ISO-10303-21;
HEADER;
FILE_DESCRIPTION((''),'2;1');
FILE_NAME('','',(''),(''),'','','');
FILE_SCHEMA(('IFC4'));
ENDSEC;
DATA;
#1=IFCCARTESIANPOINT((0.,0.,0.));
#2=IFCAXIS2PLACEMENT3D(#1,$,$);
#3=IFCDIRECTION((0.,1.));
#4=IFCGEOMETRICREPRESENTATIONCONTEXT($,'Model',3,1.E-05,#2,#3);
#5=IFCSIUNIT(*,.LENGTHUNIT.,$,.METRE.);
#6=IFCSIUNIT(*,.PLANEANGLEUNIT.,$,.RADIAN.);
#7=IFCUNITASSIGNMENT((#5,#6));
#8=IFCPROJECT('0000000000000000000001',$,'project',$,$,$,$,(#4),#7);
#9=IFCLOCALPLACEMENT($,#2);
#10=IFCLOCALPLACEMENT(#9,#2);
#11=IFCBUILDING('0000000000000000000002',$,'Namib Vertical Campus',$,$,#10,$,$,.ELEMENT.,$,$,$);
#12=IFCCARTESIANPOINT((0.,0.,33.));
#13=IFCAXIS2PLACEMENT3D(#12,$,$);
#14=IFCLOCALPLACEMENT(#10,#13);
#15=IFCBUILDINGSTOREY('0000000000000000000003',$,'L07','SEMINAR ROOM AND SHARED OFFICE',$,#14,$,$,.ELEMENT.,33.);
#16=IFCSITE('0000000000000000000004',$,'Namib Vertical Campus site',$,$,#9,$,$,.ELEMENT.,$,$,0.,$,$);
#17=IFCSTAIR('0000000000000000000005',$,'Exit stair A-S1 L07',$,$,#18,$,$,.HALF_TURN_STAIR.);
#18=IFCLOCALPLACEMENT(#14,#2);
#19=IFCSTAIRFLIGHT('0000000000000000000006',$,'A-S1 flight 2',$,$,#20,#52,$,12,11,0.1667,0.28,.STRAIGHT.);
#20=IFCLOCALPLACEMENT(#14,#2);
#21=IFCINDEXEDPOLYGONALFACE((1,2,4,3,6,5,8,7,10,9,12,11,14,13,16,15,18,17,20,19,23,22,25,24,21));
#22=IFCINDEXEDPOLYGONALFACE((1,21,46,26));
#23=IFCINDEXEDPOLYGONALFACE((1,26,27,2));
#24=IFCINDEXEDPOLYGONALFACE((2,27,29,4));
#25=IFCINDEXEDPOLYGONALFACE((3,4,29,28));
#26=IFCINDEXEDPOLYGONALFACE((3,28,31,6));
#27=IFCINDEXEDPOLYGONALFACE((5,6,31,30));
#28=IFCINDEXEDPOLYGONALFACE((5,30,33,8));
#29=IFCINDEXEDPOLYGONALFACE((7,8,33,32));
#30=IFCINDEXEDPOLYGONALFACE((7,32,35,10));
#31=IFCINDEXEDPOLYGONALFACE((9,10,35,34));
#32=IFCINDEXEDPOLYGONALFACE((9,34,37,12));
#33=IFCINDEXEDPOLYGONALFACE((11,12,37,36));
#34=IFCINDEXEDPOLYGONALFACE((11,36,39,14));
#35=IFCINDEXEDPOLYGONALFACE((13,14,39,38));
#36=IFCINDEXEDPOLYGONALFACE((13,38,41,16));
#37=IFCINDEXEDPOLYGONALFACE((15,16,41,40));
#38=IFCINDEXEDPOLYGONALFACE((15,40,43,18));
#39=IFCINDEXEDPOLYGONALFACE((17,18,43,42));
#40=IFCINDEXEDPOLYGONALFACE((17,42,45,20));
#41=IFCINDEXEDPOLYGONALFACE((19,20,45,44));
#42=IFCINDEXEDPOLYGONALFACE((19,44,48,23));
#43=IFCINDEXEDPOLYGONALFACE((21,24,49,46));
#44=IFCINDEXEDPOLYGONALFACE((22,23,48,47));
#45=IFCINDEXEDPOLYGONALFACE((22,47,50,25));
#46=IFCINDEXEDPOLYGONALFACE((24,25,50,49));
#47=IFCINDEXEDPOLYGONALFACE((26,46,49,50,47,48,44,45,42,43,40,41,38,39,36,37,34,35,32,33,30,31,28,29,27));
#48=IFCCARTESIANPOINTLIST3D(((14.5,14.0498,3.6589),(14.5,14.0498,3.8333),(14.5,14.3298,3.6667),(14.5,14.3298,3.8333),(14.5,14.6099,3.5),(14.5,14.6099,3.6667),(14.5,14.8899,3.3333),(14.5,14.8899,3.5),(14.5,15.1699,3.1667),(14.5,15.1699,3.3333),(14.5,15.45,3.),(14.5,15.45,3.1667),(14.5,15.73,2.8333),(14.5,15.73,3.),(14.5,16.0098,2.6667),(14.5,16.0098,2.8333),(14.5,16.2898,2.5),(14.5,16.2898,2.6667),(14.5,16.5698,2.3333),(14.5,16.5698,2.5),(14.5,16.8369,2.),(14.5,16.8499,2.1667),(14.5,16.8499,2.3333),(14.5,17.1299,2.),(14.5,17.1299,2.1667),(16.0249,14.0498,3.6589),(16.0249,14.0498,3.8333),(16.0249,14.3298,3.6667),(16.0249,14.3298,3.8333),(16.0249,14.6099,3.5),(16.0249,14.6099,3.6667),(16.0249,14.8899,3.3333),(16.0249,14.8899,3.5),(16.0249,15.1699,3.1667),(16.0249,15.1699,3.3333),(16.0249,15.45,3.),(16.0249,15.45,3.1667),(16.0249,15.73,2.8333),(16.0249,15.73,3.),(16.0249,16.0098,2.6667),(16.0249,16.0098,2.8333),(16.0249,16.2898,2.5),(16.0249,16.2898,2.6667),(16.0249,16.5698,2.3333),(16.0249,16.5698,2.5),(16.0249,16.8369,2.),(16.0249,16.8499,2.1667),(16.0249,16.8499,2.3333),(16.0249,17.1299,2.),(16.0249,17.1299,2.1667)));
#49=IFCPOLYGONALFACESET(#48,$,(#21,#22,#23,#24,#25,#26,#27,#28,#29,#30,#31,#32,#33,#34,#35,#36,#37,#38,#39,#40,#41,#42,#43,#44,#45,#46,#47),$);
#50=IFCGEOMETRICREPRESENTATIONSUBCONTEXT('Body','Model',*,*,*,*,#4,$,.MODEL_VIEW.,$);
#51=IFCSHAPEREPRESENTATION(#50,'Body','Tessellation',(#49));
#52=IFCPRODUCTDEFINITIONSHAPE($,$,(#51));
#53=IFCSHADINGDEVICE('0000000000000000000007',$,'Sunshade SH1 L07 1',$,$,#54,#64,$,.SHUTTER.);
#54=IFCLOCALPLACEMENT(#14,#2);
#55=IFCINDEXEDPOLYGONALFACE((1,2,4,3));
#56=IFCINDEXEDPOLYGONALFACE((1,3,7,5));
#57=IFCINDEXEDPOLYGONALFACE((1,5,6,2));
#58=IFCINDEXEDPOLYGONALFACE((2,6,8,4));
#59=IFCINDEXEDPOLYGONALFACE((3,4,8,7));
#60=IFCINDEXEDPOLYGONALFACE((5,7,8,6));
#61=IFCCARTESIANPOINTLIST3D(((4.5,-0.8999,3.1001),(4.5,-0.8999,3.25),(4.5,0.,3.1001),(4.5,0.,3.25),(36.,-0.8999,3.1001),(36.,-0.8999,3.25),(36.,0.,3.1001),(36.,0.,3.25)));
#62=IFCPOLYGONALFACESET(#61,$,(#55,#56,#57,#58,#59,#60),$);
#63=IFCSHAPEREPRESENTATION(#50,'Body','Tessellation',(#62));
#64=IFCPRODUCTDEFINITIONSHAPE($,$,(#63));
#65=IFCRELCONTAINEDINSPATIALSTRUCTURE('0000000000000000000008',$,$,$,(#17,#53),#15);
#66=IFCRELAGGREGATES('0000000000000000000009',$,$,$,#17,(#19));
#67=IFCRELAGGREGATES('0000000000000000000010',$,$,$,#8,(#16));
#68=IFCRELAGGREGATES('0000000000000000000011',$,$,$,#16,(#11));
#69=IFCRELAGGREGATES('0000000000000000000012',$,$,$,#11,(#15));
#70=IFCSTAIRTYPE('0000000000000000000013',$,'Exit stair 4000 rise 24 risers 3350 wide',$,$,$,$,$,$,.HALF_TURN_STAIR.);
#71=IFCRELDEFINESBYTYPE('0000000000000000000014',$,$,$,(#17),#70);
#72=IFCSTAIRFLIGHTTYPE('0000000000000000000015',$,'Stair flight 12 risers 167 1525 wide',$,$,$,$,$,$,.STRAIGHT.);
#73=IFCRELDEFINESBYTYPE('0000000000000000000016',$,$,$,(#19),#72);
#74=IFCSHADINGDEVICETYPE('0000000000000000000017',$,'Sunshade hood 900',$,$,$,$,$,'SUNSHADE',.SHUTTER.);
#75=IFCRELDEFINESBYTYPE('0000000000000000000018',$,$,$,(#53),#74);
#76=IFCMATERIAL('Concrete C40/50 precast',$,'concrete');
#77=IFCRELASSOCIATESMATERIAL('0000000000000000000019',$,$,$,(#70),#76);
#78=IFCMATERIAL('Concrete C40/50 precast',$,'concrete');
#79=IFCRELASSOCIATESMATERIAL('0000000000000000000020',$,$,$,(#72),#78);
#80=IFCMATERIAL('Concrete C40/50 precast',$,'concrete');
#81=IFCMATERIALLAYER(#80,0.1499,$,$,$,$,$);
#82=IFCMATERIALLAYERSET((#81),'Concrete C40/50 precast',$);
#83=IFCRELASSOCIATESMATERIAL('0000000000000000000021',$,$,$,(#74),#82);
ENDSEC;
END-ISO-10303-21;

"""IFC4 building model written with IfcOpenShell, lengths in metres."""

from ifc_helpers import new_model, si_unit, direction, frame, origin, origin_2d, place, context, subcontext, project, spatial, polyline, rectangle, outline, extrude, material, layer, layer_set, type_object, element, aggregate, save


model = new_model("IFC4")

# Units and contexts
model_context = context("Model", 3, precision=1e-05, world=origin(), true_north=direction((0.0, 1.0)))
body_context = subcontext(model_context, "Body", "Model", "MODEL_VIEW")
ifc_project = project(units=[si_unit("LENGTHUNIT", "METRE"), si_unit("PLANEANGLEUNIT", "RADIAN")], contexts=[model_context])

# Site, building, storey
site_placement = place(None, origin())
site = spatial("IfcSite", under=ifc_project, at=site_placement, Name="Namib Vertical Campus site", CompositionType="ELEMENT", RefElevation=0.0)
building_placement = place(site_placement, origin())
building = spatial("IfcBuilding", under=site, at=building_placement, Name="Namib Vertical Campus", CompositionType="ELEMENT")
storey_placement = place(building_placement, frame((0.0, 0.0, 33.0)))
storey = spatial("IfcBuildingStorey", under=building, at=storey_placement, Name="L07", Description="SEMINAR ROOM AND SHARED OFFICE", CompositionType="ELEMENT", Elevation=33.0)

# Stair, stair flight
ifc_material_1 = material(Name="Concrete C40/50 precast", Category="concrete")
stair_type = type_object("IfcStairType", Name="Exit stair 4000 rise 24 risers 3350 wide", PredefinedType="HALF_TURN_STAIR", material=ifc_material_1)
stair_placement = place(storey_placement, origin())
stair = element("IfcStair", 1, at=stair_placement, inside=storey, type_object=stair_type, Name="Exit stair A-S1 L07", PredefinedType="HALF_TURN_STAIR")
ifc_material_2 = material(Name="Concrete C40/50 precast", Category="concrete")
stair_flight_type = type_object("IfcStairFlightType", Name="Stair flight 12 risers 167 1525 wide", PredefinedType="STRAIGHT", material=ifc_material_2)
stair_flight_1_placement = place(storey_placement, frame((15.2625, 17.1299, 2.0), z_axis=(0.0, 0.0, 1.0), x_axis=(0.0, -1.0, 0.0)))
stair_flight_1 = element("IfcStairFlight", 2, at=stair_flight_1_placement, type_object=stair_flight_type, Name="A-S1 flight 2", NumberOfRisers=12, NumberOfTreads=11, PredefinedType="STRAIGHT", RiserHeight=0.1667, TreadLength=0.28, context=body_context, shape_type="SweptSolid", body=[
    extrude(outline(polyline([(0.0, 0.0), (0.0, 0.1667), (0.28, 0.1667), (0.28, 0.3333), (0.5601, 0.3333), (0.5601, 0.5), (0.8401, 0.5), (0.8401, 0.6667), (1.1201, 0.6667), (1.1201, 0.8333), (1.3999, 0.8333), (1.3999, 1.0), (1.6799, 1.0), (1.6799, 1.1667), (1.96, 1.1667), (1.96, 1.3333), (2.24, 1.3333), (2.24, 1.5), (2.52, 1.5), (2.52, 1.6667), (2.8, 1.6667), (2.8, 1.8333), (3.0801, 1.8333), (3.0801, 2.0), (3.0801, 1.6589), (0.293, 0.0), (0.0, 0.0)])), frame((0.0, 0.7625, 0.0), z_axis=(0.0, -1.0, 0.0), x_axis=(1.0, 0.0, 0.0)), (0.0, 0.0, 1.0), 1.5249),
])
aggregate(stair, [stair_flight_1])

# Shading device
ifc_material_3 = material(Name="Concrete C40/50 precast", Category="concrete")
ifc_layer_1 = layer(ifc_material_3, 0.1499)
ifc_layer_set_1 = layer_set([ifc_layer_1], Name="Concrete C40/50 precast")
shading_device_type = type_object("IfcShadingDeviceType", Name="Sunshade hood 900", ElementType="SUNSHADE", PredefinedType="SHUTTER", material=ifc_layer_set_1)
shading_device_placement = place(storey_placement, frame((20.25, -0.45, 3.1001), z_axis=(0.0, 0.0, 1.0), x_axis=(1.0, 0.0, 0.0)))
element("IfcShadingDevice", 3, at=shading_device_placement, inside=storey, type_object=shading_device_type, Name="Sunshade SH1 L07 1", PredefinedType="SHUTTER", context=body_context, shape_type="SweptSolid", body=[
    extrude(rectangle(XDim=31.5, YDim=0.8999, at=origin_2d()), origin(), (0.0, 0.0, 1.0), 0.1499),
])

save(model, "model.ifc")
